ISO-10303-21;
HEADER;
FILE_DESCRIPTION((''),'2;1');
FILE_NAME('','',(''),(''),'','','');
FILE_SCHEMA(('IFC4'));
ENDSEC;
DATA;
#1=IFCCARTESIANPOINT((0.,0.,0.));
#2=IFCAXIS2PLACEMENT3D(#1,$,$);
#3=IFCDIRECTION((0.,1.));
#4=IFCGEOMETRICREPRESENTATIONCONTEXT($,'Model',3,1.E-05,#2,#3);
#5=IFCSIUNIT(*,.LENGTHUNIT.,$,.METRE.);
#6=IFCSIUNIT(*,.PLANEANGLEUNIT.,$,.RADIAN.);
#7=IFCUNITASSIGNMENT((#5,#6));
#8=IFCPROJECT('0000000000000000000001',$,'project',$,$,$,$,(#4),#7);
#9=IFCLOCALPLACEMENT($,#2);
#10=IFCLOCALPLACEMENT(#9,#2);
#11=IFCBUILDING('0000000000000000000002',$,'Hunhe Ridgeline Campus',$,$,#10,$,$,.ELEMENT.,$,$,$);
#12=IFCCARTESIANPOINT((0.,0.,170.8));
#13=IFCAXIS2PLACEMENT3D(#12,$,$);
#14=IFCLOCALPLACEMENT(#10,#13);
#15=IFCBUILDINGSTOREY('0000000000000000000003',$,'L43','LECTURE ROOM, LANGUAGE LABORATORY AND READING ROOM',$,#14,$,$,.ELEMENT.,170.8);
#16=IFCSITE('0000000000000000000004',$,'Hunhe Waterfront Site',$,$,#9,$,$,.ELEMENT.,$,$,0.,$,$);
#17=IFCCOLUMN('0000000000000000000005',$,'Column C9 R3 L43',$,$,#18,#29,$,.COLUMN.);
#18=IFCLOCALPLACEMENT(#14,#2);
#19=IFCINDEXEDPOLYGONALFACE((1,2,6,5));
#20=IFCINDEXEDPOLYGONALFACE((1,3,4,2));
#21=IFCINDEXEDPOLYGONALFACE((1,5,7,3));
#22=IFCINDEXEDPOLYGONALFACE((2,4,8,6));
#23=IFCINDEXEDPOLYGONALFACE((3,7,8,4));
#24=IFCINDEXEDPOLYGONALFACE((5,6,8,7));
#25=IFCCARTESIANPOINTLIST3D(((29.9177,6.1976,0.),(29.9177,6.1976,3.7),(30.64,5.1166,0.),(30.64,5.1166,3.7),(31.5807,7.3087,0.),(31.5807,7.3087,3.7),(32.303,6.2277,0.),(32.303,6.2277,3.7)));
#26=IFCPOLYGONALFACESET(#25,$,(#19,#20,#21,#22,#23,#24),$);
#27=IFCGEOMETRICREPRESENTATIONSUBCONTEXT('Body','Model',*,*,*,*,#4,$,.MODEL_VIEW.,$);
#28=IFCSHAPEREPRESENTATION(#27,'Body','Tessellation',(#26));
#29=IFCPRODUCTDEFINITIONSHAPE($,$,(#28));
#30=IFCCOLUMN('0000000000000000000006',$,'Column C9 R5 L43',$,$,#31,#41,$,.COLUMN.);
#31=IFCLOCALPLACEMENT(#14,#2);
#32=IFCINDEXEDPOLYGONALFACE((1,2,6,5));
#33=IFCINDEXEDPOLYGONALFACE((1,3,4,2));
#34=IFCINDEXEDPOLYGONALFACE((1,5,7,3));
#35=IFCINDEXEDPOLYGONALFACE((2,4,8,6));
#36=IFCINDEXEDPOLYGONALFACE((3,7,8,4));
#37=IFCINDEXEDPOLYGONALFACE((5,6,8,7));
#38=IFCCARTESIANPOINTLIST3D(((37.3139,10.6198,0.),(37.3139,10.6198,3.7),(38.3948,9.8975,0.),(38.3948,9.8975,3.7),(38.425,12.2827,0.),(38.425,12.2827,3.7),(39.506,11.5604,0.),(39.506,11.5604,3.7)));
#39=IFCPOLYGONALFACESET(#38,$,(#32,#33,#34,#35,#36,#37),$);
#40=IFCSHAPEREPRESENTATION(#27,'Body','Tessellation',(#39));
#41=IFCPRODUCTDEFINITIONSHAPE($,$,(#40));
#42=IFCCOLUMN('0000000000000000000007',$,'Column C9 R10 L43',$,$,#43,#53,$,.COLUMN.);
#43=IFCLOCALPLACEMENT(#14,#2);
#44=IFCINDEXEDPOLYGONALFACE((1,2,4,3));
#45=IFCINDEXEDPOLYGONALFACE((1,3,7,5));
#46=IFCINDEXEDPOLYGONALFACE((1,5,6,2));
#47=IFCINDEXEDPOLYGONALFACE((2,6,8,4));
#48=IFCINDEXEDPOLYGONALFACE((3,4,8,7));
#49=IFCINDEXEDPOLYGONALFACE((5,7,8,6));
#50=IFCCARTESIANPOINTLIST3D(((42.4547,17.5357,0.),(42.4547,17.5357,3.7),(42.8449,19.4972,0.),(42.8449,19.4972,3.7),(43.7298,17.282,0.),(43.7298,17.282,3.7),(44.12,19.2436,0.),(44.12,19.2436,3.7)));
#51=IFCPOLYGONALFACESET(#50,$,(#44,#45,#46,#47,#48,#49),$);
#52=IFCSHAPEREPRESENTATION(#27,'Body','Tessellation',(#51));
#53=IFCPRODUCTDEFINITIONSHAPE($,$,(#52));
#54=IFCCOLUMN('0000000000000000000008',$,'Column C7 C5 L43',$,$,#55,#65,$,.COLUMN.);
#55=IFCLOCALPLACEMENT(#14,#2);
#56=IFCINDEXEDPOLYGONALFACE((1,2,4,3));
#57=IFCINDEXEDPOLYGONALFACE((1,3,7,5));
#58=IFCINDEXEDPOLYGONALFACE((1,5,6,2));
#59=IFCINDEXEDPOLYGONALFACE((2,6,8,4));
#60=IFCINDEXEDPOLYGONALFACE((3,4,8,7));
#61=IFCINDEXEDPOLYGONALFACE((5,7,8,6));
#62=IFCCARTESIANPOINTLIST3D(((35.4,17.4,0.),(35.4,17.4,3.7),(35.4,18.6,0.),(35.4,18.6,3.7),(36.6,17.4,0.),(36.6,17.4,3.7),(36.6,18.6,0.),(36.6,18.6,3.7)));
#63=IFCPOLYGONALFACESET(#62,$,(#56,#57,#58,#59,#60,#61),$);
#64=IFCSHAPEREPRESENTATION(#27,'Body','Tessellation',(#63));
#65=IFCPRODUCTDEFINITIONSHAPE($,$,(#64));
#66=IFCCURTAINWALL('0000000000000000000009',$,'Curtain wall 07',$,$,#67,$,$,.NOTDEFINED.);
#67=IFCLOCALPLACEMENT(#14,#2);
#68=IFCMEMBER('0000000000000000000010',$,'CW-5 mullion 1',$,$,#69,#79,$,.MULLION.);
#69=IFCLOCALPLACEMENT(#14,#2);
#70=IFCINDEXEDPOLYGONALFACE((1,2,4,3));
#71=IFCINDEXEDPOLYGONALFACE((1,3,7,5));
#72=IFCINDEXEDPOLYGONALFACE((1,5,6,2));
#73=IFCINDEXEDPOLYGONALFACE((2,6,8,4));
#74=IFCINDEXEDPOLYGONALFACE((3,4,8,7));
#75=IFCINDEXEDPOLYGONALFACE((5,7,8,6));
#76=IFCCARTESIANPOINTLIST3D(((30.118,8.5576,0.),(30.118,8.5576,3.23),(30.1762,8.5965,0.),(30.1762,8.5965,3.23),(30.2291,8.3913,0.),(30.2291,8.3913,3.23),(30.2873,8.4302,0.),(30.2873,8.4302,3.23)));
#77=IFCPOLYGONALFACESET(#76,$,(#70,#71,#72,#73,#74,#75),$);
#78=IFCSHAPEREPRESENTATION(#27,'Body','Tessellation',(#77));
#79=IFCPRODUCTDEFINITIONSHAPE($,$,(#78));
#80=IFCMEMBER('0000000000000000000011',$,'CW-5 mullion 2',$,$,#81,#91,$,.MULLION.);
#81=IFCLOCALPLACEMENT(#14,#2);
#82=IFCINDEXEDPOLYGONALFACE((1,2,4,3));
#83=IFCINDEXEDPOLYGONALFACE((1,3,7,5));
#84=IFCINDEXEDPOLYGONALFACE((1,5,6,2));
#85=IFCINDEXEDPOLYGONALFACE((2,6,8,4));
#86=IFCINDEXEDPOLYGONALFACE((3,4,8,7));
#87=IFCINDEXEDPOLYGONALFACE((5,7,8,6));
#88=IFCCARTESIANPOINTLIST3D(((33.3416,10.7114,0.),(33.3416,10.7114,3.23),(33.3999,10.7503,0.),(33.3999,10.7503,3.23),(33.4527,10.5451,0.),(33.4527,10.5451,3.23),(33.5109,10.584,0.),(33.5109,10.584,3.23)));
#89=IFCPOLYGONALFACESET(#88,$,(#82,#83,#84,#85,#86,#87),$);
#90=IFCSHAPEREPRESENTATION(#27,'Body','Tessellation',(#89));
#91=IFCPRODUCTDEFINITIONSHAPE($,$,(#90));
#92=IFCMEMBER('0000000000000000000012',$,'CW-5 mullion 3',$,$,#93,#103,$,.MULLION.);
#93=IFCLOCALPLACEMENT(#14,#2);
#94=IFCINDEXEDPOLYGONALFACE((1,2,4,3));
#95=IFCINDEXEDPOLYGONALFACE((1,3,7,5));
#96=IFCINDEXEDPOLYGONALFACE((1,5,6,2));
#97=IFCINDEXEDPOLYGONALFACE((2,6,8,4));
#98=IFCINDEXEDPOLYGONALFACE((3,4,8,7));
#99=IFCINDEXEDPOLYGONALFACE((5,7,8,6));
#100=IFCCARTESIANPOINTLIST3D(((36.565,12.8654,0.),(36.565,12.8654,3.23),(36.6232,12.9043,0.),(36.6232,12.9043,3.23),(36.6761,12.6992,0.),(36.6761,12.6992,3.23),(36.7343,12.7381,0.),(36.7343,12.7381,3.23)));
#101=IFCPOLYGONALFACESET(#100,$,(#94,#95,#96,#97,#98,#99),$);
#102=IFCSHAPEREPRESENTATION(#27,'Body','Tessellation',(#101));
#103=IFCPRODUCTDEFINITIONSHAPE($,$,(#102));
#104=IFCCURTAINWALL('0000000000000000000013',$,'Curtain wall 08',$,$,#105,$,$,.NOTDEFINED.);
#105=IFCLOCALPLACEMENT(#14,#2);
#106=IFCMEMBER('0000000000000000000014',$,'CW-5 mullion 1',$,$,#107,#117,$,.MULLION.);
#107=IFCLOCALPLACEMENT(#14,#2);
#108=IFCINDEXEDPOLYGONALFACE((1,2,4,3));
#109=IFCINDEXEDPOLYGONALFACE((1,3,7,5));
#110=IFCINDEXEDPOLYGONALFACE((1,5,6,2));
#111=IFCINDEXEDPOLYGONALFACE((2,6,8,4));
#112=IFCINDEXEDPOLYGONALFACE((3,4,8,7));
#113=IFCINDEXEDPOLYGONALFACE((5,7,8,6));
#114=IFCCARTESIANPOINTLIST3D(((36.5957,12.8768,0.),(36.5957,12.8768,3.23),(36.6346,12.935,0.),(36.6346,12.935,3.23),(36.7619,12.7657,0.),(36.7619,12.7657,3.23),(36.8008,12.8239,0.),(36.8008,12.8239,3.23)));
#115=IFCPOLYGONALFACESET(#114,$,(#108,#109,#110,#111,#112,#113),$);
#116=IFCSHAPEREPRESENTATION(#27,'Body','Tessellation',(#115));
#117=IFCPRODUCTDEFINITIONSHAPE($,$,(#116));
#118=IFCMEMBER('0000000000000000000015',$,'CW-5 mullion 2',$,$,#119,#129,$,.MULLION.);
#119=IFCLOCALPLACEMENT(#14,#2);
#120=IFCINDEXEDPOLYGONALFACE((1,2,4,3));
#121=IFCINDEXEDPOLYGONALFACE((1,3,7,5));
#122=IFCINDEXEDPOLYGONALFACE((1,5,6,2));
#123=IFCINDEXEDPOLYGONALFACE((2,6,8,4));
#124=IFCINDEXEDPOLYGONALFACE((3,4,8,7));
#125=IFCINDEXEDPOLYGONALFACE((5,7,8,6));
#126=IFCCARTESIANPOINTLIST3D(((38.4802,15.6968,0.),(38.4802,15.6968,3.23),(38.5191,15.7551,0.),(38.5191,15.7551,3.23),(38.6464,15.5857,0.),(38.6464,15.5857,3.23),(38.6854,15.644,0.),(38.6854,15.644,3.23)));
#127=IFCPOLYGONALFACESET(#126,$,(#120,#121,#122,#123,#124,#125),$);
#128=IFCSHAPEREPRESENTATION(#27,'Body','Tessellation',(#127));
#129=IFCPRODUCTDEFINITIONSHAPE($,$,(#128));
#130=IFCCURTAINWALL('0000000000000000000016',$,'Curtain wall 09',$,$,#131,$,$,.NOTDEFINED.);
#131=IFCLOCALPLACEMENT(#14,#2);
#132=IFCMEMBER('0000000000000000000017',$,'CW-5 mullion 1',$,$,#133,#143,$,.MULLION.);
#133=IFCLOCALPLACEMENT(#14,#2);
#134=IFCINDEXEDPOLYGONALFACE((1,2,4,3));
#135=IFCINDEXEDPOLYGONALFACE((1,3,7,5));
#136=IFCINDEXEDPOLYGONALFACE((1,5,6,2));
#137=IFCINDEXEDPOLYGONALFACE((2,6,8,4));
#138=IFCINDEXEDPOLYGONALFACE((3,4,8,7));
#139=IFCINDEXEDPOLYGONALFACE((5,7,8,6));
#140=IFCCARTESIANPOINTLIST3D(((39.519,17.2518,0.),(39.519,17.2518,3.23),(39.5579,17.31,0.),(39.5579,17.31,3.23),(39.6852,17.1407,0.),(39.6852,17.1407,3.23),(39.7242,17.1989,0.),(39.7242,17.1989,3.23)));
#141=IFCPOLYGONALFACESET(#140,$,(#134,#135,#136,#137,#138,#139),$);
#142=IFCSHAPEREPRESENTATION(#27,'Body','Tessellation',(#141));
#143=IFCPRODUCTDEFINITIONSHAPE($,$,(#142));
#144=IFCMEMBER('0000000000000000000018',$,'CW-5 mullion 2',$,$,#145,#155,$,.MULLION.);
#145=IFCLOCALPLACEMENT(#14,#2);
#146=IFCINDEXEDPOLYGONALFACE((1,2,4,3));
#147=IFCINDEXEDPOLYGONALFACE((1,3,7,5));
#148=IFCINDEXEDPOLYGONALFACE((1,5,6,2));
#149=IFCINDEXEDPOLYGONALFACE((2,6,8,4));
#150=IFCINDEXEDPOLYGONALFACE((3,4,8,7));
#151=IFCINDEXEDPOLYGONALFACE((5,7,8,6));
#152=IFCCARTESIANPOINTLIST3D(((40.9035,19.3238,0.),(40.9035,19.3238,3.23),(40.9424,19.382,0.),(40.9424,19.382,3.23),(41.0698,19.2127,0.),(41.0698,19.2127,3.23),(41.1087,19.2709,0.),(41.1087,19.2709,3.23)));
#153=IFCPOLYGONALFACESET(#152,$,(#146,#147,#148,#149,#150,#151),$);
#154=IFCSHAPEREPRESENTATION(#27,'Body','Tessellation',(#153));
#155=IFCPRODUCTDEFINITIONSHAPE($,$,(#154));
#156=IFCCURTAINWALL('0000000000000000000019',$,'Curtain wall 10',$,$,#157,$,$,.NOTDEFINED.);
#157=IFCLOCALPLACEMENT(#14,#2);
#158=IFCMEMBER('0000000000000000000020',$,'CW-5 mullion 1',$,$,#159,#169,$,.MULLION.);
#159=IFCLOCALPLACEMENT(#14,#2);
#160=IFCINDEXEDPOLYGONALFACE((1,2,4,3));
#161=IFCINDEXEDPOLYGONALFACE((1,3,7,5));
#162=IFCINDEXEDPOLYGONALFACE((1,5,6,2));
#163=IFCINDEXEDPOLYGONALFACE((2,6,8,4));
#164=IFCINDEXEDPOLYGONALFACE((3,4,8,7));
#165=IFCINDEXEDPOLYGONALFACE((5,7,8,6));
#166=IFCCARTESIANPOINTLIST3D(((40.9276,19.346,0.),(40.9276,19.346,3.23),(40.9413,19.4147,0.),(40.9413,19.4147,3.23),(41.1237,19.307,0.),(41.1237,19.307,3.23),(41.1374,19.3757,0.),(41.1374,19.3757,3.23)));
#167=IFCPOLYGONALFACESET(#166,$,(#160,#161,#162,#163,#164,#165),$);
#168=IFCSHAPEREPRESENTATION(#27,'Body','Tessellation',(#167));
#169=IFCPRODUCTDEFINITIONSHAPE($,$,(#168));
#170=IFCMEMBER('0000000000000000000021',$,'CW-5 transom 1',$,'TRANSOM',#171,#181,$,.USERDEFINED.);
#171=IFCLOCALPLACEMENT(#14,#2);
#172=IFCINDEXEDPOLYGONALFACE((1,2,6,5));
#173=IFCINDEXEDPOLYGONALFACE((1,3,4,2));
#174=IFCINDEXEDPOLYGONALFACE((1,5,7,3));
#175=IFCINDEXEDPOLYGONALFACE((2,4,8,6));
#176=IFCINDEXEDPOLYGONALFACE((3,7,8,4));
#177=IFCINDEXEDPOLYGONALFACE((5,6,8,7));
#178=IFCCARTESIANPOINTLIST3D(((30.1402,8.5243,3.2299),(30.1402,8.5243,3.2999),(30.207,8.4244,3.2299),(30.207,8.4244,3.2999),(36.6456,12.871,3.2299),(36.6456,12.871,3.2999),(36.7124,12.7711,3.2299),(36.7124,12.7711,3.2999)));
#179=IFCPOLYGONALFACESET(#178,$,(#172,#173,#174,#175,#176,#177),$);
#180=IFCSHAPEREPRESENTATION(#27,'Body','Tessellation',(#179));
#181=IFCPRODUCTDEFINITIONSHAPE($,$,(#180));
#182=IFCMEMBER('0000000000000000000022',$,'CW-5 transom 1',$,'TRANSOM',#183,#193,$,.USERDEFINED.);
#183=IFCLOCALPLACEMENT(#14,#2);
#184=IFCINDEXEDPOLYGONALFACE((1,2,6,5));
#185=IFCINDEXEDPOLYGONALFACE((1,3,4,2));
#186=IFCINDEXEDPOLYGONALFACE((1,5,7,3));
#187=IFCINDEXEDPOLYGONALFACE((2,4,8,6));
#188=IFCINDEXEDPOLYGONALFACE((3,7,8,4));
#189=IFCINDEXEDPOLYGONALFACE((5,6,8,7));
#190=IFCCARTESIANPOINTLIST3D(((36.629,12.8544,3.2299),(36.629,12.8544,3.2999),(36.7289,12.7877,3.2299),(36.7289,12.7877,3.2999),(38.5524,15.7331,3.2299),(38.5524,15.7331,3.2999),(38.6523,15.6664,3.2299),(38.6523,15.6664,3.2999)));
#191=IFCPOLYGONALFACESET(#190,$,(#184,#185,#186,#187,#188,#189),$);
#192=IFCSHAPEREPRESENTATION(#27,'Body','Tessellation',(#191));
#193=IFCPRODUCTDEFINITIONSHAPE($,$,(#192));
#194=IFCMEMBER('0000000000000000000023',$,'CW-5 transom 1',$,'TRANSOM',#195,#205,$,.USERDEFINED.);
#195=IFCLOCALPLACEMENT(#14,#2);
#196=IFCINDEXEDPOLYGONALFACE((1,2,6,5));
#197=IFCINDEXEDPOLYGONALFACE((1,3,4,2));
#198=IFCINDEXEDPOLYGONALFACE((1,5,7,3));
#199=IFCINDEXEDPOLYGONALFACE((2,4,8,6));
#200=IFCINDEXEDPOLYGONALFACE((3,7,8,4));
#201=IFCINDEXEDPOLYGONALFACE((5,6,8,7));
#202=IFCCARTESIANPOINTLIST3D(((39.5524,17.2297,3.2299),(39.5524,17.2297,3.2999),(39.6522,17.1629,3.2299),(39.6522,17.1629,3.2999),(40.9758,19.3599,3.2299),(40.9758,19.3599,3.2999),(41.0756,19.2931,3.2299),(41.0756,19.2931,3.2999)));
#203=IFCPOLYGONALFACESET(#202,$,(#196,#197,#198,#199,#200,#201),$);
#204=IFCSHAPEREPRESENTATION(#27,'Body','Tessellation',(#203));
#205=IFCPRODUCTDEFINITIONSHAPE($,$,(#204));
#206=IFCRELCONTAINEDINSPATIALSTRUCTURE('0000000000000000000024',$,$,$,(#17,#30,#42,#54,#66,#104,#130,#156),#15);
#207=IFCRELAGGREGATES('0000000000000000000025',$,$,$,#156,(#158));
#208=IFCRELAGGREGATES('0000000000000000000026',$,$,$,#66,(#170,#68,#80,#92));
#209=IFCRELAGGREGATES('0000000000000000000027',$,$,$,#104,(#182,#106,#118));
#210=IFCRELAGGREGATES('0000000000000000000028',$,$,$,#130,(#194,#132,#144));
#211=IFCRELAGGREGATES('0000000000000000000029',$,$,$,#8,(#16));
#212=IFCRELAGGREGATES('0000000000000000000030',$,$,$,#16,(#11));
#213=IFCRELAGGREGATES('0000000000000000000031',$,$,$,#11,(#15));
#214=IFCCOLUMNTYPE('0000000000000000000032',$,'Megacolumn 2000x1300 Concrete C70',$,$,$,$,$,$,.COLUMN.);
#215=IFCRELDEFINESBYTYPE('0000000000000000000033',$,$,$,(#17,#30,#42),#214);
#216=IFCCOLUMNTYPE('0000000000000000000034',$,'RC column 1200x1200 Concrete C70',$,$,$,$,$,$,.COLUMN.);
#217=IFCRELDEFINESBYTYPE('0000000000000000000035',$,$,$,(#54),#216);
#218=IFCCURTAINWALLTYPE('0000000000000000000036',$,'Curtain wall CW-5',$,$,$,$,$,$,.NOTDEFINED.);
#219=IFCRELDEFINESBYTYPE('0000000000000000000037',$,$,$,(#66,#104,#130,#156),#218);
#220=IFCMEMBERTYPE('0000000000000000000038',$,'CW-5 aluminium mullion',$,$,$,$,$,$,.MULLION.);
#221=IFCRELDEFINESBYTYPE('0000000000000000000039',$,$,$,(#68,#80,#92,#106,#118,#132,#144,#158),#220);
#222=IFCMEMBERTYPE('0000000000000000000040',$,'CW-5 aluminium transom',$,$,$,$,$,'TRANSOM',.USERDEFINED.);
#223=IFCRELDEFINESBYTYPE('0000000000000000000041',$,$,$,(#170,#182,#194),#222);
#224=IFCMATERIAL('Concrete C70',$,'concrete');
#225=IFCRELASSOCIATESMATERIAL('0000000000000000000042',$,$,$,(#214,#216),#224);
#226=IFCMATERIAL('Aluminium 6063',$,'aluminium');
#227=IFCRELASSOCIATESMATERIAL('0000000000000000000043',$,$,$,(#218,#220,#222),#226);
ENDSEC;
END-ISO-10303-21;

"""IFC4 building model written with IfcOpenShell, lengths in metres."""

from ifc_helpers import new_model, si_unit, direction, frame, origin, origin_2d, place, context, subcontext, project, spatial, rectangle, extrude, material, material_profile, profile_set, type_object, element, aggregate, save


model = new_model("IFC4")

# Units and contexts
model_context = context("Model", 3, precision=1e-05, world=origin(), true_north=direction((0.0, 1.0)))
body_context = subcontext(model_context, "Body", "Model", "MODEL_VIEW")
ifc_project = project(units=[si_unit("LENGTHUNIT", "METRE"), si_unit("PLANEANGLEUNIT", "RADIAN")], contexts=[model_context])

# Site, building, storey
site_placement = place(None, origin())
site = spatial("IfcSite", under=ifc_project, at=site_placement, Name="Hunhe Waterfront Site", CompositionType="ELEMENT", RefElevation=0.0)
building_placement = place(site_placement, origin())
building = spatial("IfcBuilding", under=site, at=building_placement, Name="Hunhe Ridgeline Campus", CompositionType="ELEMENT")
storey_placement = place(building_placement, frame((0.0, 0.0, 170.8)))
storey = spatial("IfcBuildingStorey", under=building, at=storey_placement, Name="L43", Description="LECTURE ROOM, LANGUAGE LABORATORY AND READING ROOM", CompositionType="ELEMENT", Elevation=170.8)

# Columns
ifc_material_1 = material(Name="Concrete C70", Category="concrete")
ifc_material_profile_1 = material_profile(ifc_material_1, rectangle(XDim=2.0, YDim=1.3, at=origin_2d()))
ifc_profile_set_1 = profile_set([ifc_material_profile_1], Name="Concrete C70")
column_type_1 = type_object("IfcColumnType", Name="Megacolumn 2000x1300 Concrete C70", PredefinedType="COLUMN", material=ifc_profile_set_1)
for number, where, z_axis, x_axis, name in (
    (1, (31.1104, 6.2126, 0.0), (0.0, 0.0, 1.0), (0.83147, 0.55557, 0.0), "Column C9 R3 L43"),
    (2, (38.4099, 11.0901, 0.0), (0.0, 0.0, 1.0), (0.55557, 0.83147, 0.0), "Column C9 R5 L43"),
    (3, (43.2874, 18.3896, 0.0), (0.0, 0.0, 1.0), (0.19509, 0.980785, 0.0), "Column C9 R10 L43"),
):
    element("IfcColumn", number, at=place(storey_placement, frame(where, z_axis=z_axis, x_axis=x_axis)), inside=storey, type_object=column_type_1, Name=name, PredefinedType="COLUMN", context=body_context, shape_type="SweptSolid", body=[
        extrude(rectangle(XDim=2.0, YDim=1.3, at=origin_2d()), origin(), (0.0, 0.0, 1.0), 3.7),
    ])
ifc_material_profile_2 = material_profile(ifc_material_1, rectangle(XDim=1.2, YDim=1.2, at=origin_2d()))
ifc_profile_set_2 = profile_set([ifc_material_profile_2], Name="Concrete C70")
column_type_2 = type_object("IfcColumnType", Name="RC column 1200x1200 Concrete C70", PredefinedType="COLUMN", material=ifc_profile_set_2)
column_placement = place(storey_placement, frame((36.0, 18.0, 0.0), z_axis=(0.0, 0.0, 1.0), x_axis=(1.0, 0.0, 0.0)))
element("IfcColumn", 4, at=column_placement, inside=storey, type_object=column_type_2, Name="Column C7 C5 L43", PredefinedType="COLUMN", context=body_context, shape_type="SweptSolid", body=[
    extrude(rectangle(XDim=1.2, YDim=1.2, at=origin_2d()), origin(), (0.0, 0.0, 1.0), 3.7),
])

# Curtain walls, members
ifc_material_2 = material(Name="Aluminium 6063", Category="aluminium")
curtain_wall_type = type_object("IfcCurtainWallType", Name="Curtain wall CW-5", PredefinedType="NOTDEFINED", material=ifc_material_2)
curtain_wall_1_placement = place(storey_placement, origin())
curtain_wall_1 = element("IfcCurtainWall", 5, at=curtain_wall_1_placement, inside=storey, type_object=curtain_wall_type, Name="Curtain wall 07", PredefinedType="NOTDEFINED")
ifc_material_profile_3 = material_profile(ifc_material_2, rectangle(XDim=0.2, YDim=0.0701, at=origin_2d()))
ifc_profile_set_3 = profile_set([ifc_material_profile_3], Name="Aluminium 6063")
member_type_1 = type_object("IfcMemberType", Name="CW-5 aluminium mullion", PredefinedType="MULLION", material=ifc_profile_set_3)
member_1_placement = place(storey_placement, frame((30.2026, 8.4939, 0.0), z_axis=(0.0, 0.0, 1.0), x_axis=(-0.55557, 0.83147, 0.0)))
member_1 = element("IfcMember", 6, at=member_1_placement, type_object=member_type_1, Name="CW-5 mullion 1", PredefinedType="MULLION", context=body_context, shape_type="SweptSolid", body=[
    extrude(rectangle(XDim=0.2, YDim=0.0701, at=origin_2d()), origin(), (0.0, 0.0, 1.0), 3.23),
])
member_2_placement = place(storey_placement, frame((33.4263, 10.6477, 0.0), z_axis=(0.0, 0.0, 1.0), x_axis=(-0.55557, 0.83147, 0.0)))
member_2 = element("IfcMember", 7, at=member_2_placement, type_object=member_type_1, Name="CW-5 mullion 2", PredefinedType="MULLION", context=body_context, shape_type="SweptSolid", body=[
    extrude(rectangle(XDim=0.2, YDim=0.0701, at=origin_2d()), origin(), (0.0, 0.0, 1.0), 3.23),
])
member_3_placement = place(storey_placement, frame((36.6497, 12.8018, 0.0), z_axis=(0.0, 0.0, 1.0), x_axis=(-0.55557, 0.83147, 0.0)))
member_3 = element("IfcMember", 8, at=member_3_placement, type_object=member_type_1, Name="CW-5 mullion 3", PredefinedType="MULLION", context=body_context, shape_type="SweptSolid", body=[
    extrude(rectangle(XDim=0.2, YDim=0.0701, at=origin_2d()), origin(), (0.0, 0.0, 1.0), 3.23),
])
curtain_wall_2_placement = place(storey_placement, origin())
curtain_wall_2 = element("IfcCurtainWall", 9, at=curtain_wall_2_placement, inside=storey, type_object=curtain_wall_type, Name="Curtain wall 08", PredefinedType="NOTDEFINED")
member_4_placement = place(storey_placement, frame((36.6982, 12.8503, 0.0), z_axis=(0.0, 0.0, 1.0), x_axis=(-0.83147, 0.55557, 0.0)))
member_4 = element("IfcMember", 10, at=member_4_placement, type_object=member_type_1, Name="CW-5 mullion 1", PredefinedType="MULLION", context=body_context, shape_type="SweptSolid", body=[
    extrude(rectangle(XDim=0.2, YDim=0.0701, at=origin_2d()), origin(), (0.0, 0.0, 1.0), 3.23),
])
member_5_placement = place(storey_placement, frame((38.5828, 15.6704, 0.0), z_axis=(0.0, 0.0, 1.0), x_axis=(-0.83147, 0.55557, 0.0)))
member_5 = element("IfcMember", 11, at=member_5_placement, type_object=member_type_1, Name="CW-5 mullion 2", PredefinedType="MULLION", context=body_context, shape_type="SweptSolid", body=[
    extrude(rectangle(XDim=0.2, YDim=0.0701, at=origin_2d()), origin(), (0.0, 0.0, 1.0), 3.23),
])
curtain_wall_3_placement = place(storey_placement, origin())
curtain_wall_3 = element("IfcCurtainWall", 12, at=curtain_wall_3_placement, inside=storey, type_object=curtain_wall_type, Name="Curtain wall 09", PredefinedType="NOTDEFINED")
member_6_placement = place(storey_placement, frame((39.6216, 17.2253, 0.0), z_axis=(0.0, 0.0, 1.0), x_axis=(-0.83147, 0.55557, 0.0)))
member_6 = element("IfcMember", 13, at=member_6_placement, type_object=member_type_1, Name="CW-5 mullion 1", PredefinedType="MULLION", context=body_context, shape_type="SweptSolid", body=[
    extrude(rectangle(XDim=0.2, YDim=0.0701, at=origin_2d()), origin(), (0.0, 0.0, 1.0), 3.23),
])
member_7_placement = place(storey_placement, frame((41.0061, 19.2974, 0.0), z_axis=(0.0, 0.0, 1.0), x_axis=(-0.83147, 0.55557, 0.0)))
member_7 = element("IfcMember", 14, at=member_7_placement, type_object=member_type_1, Name="CW-5 mullion 2", PredefinedType="MULLION", context=body_context, shape_type="SweptSolid", body=[
    extrude(rectangle(XDim=0.2, YDim=0.0701, at=origin_2d()), origin(), (0.0, 0.0, 1.0), 3.23),
])

# Curtain wall, member
curtain_wall_4_placement = place(storey_placement, origin())
curtain_wall_4 = element("IfcCurtainWall", 15, at=curtain_wall_4_placement, inside=storey, type_object=curtain_wall_type, Name="Curtain wall 10", PredefinedType="NOTDEFINED")
member_8_placement = place(storey_placement, frame((41.0325, 19.3608, 0.0), z_axis=(0.0, 0.0, 1.0), x_axis=(-0.980785, 0.19509, 0.0)))
member_8 = element("IfcMember", 16, at=member_8_placement, type_object=member_type_1, Name="CW-5 mullion 1", PredefinedType="MULLION", context=body_context, shape_type="SweptSolid", body=[
    extrude(rectangle(XDim=0.2, YDim=0.0701, at=origin_2d()), origin(), (0.0, 0.0, 1.0), 3.23),
])

# Members
ifc_material_profile_4 = material_profile(ifc_material_2, rectangle(XDim=0.1201, YDim=0.0701, at=origin_2d()))
ifc_profile_set_4 = profile_set([ifc_material_profile_4], Name="Aluminium 6063")
member_type_2 = type_object("IfcMemberType", Name="CW-5 aluminium transom", ElementType="TRANSOM", PredefinedType="USERDEFINED", material=ifc_profile_set_4)
member_9_placement = place(storey_placement, frame((30.1736, 8.4744, 3.2649), z_axis=(0.831474, 0.555564, 0.0), x_axis=(-0.555564, 0.831474, 0.0)))
member_9 = element("IfcMember", 17, at=member_9_placement, type_object=member_type_2, Name="CW-5 transom 1", ObjectType="TRANSOM", PredefinedType="USERDEFINED", context=body_context, shape_type="SweptSolid", body=[
    extrude(rectangle(XDim=0.1201, YDim=0.0701, at=origin_2d()), origin(), (0.0, 0.0, 1.0), 7.824),
])
member_10_placement = place(storey_placement, frame((36.679, 12.821, 3.2649), z_axis=(0.555546, 0.831486, 0.0), x_axis=(-0.831486, 0.555546, 0.0)))
member_10 = element("IfcMember", 18, at=member_10_placement, type_object=member_type_2, Name="CW-5 transom 1", ObjectType="TRANSOM", PredefinedType="USERDEFINED", context=body_context, shape_type="SweptSolid", body=[
    extrude(rectangle(XDim=0.1201, YDim=0.0701, at=origin_2d()), origin(), (0.0, 0.0, 1.0), 3.4622),
])
member_11_placement = place(storey_placement, frame((39.6023, 17.1963, 3.2649), z_axis=(0.55558, 0.831463, 0.0), x_axis=(-0.831463, 0.55558, 0.0)))
member_11 = element("IfcMember", 19, at=member_11_placement, type_object=member_type_2, Name="CW-5 transom 1", ObjectType="TRANSOM", PredefinedType="USERDEFINED", context=body_context, shape_type="SweptSolid", body=[
    extrude(rectangle(XDim=0.1201, YDim=0.0701, at=origin_2d()), origin(), (0.0, 0.0, 1.0), 2.562),
])
aggregate(curtain_wall_4, [member_8])

aggregate(curtain_wall_1, [member_9, member_1, member_2, member_3])
aggregate(curtain_wall_2, [member_10, member_4, member_5])
aggregate(curtain_wall_3, [member_11, member_6, member_7])

save(model, "model.ifc")
